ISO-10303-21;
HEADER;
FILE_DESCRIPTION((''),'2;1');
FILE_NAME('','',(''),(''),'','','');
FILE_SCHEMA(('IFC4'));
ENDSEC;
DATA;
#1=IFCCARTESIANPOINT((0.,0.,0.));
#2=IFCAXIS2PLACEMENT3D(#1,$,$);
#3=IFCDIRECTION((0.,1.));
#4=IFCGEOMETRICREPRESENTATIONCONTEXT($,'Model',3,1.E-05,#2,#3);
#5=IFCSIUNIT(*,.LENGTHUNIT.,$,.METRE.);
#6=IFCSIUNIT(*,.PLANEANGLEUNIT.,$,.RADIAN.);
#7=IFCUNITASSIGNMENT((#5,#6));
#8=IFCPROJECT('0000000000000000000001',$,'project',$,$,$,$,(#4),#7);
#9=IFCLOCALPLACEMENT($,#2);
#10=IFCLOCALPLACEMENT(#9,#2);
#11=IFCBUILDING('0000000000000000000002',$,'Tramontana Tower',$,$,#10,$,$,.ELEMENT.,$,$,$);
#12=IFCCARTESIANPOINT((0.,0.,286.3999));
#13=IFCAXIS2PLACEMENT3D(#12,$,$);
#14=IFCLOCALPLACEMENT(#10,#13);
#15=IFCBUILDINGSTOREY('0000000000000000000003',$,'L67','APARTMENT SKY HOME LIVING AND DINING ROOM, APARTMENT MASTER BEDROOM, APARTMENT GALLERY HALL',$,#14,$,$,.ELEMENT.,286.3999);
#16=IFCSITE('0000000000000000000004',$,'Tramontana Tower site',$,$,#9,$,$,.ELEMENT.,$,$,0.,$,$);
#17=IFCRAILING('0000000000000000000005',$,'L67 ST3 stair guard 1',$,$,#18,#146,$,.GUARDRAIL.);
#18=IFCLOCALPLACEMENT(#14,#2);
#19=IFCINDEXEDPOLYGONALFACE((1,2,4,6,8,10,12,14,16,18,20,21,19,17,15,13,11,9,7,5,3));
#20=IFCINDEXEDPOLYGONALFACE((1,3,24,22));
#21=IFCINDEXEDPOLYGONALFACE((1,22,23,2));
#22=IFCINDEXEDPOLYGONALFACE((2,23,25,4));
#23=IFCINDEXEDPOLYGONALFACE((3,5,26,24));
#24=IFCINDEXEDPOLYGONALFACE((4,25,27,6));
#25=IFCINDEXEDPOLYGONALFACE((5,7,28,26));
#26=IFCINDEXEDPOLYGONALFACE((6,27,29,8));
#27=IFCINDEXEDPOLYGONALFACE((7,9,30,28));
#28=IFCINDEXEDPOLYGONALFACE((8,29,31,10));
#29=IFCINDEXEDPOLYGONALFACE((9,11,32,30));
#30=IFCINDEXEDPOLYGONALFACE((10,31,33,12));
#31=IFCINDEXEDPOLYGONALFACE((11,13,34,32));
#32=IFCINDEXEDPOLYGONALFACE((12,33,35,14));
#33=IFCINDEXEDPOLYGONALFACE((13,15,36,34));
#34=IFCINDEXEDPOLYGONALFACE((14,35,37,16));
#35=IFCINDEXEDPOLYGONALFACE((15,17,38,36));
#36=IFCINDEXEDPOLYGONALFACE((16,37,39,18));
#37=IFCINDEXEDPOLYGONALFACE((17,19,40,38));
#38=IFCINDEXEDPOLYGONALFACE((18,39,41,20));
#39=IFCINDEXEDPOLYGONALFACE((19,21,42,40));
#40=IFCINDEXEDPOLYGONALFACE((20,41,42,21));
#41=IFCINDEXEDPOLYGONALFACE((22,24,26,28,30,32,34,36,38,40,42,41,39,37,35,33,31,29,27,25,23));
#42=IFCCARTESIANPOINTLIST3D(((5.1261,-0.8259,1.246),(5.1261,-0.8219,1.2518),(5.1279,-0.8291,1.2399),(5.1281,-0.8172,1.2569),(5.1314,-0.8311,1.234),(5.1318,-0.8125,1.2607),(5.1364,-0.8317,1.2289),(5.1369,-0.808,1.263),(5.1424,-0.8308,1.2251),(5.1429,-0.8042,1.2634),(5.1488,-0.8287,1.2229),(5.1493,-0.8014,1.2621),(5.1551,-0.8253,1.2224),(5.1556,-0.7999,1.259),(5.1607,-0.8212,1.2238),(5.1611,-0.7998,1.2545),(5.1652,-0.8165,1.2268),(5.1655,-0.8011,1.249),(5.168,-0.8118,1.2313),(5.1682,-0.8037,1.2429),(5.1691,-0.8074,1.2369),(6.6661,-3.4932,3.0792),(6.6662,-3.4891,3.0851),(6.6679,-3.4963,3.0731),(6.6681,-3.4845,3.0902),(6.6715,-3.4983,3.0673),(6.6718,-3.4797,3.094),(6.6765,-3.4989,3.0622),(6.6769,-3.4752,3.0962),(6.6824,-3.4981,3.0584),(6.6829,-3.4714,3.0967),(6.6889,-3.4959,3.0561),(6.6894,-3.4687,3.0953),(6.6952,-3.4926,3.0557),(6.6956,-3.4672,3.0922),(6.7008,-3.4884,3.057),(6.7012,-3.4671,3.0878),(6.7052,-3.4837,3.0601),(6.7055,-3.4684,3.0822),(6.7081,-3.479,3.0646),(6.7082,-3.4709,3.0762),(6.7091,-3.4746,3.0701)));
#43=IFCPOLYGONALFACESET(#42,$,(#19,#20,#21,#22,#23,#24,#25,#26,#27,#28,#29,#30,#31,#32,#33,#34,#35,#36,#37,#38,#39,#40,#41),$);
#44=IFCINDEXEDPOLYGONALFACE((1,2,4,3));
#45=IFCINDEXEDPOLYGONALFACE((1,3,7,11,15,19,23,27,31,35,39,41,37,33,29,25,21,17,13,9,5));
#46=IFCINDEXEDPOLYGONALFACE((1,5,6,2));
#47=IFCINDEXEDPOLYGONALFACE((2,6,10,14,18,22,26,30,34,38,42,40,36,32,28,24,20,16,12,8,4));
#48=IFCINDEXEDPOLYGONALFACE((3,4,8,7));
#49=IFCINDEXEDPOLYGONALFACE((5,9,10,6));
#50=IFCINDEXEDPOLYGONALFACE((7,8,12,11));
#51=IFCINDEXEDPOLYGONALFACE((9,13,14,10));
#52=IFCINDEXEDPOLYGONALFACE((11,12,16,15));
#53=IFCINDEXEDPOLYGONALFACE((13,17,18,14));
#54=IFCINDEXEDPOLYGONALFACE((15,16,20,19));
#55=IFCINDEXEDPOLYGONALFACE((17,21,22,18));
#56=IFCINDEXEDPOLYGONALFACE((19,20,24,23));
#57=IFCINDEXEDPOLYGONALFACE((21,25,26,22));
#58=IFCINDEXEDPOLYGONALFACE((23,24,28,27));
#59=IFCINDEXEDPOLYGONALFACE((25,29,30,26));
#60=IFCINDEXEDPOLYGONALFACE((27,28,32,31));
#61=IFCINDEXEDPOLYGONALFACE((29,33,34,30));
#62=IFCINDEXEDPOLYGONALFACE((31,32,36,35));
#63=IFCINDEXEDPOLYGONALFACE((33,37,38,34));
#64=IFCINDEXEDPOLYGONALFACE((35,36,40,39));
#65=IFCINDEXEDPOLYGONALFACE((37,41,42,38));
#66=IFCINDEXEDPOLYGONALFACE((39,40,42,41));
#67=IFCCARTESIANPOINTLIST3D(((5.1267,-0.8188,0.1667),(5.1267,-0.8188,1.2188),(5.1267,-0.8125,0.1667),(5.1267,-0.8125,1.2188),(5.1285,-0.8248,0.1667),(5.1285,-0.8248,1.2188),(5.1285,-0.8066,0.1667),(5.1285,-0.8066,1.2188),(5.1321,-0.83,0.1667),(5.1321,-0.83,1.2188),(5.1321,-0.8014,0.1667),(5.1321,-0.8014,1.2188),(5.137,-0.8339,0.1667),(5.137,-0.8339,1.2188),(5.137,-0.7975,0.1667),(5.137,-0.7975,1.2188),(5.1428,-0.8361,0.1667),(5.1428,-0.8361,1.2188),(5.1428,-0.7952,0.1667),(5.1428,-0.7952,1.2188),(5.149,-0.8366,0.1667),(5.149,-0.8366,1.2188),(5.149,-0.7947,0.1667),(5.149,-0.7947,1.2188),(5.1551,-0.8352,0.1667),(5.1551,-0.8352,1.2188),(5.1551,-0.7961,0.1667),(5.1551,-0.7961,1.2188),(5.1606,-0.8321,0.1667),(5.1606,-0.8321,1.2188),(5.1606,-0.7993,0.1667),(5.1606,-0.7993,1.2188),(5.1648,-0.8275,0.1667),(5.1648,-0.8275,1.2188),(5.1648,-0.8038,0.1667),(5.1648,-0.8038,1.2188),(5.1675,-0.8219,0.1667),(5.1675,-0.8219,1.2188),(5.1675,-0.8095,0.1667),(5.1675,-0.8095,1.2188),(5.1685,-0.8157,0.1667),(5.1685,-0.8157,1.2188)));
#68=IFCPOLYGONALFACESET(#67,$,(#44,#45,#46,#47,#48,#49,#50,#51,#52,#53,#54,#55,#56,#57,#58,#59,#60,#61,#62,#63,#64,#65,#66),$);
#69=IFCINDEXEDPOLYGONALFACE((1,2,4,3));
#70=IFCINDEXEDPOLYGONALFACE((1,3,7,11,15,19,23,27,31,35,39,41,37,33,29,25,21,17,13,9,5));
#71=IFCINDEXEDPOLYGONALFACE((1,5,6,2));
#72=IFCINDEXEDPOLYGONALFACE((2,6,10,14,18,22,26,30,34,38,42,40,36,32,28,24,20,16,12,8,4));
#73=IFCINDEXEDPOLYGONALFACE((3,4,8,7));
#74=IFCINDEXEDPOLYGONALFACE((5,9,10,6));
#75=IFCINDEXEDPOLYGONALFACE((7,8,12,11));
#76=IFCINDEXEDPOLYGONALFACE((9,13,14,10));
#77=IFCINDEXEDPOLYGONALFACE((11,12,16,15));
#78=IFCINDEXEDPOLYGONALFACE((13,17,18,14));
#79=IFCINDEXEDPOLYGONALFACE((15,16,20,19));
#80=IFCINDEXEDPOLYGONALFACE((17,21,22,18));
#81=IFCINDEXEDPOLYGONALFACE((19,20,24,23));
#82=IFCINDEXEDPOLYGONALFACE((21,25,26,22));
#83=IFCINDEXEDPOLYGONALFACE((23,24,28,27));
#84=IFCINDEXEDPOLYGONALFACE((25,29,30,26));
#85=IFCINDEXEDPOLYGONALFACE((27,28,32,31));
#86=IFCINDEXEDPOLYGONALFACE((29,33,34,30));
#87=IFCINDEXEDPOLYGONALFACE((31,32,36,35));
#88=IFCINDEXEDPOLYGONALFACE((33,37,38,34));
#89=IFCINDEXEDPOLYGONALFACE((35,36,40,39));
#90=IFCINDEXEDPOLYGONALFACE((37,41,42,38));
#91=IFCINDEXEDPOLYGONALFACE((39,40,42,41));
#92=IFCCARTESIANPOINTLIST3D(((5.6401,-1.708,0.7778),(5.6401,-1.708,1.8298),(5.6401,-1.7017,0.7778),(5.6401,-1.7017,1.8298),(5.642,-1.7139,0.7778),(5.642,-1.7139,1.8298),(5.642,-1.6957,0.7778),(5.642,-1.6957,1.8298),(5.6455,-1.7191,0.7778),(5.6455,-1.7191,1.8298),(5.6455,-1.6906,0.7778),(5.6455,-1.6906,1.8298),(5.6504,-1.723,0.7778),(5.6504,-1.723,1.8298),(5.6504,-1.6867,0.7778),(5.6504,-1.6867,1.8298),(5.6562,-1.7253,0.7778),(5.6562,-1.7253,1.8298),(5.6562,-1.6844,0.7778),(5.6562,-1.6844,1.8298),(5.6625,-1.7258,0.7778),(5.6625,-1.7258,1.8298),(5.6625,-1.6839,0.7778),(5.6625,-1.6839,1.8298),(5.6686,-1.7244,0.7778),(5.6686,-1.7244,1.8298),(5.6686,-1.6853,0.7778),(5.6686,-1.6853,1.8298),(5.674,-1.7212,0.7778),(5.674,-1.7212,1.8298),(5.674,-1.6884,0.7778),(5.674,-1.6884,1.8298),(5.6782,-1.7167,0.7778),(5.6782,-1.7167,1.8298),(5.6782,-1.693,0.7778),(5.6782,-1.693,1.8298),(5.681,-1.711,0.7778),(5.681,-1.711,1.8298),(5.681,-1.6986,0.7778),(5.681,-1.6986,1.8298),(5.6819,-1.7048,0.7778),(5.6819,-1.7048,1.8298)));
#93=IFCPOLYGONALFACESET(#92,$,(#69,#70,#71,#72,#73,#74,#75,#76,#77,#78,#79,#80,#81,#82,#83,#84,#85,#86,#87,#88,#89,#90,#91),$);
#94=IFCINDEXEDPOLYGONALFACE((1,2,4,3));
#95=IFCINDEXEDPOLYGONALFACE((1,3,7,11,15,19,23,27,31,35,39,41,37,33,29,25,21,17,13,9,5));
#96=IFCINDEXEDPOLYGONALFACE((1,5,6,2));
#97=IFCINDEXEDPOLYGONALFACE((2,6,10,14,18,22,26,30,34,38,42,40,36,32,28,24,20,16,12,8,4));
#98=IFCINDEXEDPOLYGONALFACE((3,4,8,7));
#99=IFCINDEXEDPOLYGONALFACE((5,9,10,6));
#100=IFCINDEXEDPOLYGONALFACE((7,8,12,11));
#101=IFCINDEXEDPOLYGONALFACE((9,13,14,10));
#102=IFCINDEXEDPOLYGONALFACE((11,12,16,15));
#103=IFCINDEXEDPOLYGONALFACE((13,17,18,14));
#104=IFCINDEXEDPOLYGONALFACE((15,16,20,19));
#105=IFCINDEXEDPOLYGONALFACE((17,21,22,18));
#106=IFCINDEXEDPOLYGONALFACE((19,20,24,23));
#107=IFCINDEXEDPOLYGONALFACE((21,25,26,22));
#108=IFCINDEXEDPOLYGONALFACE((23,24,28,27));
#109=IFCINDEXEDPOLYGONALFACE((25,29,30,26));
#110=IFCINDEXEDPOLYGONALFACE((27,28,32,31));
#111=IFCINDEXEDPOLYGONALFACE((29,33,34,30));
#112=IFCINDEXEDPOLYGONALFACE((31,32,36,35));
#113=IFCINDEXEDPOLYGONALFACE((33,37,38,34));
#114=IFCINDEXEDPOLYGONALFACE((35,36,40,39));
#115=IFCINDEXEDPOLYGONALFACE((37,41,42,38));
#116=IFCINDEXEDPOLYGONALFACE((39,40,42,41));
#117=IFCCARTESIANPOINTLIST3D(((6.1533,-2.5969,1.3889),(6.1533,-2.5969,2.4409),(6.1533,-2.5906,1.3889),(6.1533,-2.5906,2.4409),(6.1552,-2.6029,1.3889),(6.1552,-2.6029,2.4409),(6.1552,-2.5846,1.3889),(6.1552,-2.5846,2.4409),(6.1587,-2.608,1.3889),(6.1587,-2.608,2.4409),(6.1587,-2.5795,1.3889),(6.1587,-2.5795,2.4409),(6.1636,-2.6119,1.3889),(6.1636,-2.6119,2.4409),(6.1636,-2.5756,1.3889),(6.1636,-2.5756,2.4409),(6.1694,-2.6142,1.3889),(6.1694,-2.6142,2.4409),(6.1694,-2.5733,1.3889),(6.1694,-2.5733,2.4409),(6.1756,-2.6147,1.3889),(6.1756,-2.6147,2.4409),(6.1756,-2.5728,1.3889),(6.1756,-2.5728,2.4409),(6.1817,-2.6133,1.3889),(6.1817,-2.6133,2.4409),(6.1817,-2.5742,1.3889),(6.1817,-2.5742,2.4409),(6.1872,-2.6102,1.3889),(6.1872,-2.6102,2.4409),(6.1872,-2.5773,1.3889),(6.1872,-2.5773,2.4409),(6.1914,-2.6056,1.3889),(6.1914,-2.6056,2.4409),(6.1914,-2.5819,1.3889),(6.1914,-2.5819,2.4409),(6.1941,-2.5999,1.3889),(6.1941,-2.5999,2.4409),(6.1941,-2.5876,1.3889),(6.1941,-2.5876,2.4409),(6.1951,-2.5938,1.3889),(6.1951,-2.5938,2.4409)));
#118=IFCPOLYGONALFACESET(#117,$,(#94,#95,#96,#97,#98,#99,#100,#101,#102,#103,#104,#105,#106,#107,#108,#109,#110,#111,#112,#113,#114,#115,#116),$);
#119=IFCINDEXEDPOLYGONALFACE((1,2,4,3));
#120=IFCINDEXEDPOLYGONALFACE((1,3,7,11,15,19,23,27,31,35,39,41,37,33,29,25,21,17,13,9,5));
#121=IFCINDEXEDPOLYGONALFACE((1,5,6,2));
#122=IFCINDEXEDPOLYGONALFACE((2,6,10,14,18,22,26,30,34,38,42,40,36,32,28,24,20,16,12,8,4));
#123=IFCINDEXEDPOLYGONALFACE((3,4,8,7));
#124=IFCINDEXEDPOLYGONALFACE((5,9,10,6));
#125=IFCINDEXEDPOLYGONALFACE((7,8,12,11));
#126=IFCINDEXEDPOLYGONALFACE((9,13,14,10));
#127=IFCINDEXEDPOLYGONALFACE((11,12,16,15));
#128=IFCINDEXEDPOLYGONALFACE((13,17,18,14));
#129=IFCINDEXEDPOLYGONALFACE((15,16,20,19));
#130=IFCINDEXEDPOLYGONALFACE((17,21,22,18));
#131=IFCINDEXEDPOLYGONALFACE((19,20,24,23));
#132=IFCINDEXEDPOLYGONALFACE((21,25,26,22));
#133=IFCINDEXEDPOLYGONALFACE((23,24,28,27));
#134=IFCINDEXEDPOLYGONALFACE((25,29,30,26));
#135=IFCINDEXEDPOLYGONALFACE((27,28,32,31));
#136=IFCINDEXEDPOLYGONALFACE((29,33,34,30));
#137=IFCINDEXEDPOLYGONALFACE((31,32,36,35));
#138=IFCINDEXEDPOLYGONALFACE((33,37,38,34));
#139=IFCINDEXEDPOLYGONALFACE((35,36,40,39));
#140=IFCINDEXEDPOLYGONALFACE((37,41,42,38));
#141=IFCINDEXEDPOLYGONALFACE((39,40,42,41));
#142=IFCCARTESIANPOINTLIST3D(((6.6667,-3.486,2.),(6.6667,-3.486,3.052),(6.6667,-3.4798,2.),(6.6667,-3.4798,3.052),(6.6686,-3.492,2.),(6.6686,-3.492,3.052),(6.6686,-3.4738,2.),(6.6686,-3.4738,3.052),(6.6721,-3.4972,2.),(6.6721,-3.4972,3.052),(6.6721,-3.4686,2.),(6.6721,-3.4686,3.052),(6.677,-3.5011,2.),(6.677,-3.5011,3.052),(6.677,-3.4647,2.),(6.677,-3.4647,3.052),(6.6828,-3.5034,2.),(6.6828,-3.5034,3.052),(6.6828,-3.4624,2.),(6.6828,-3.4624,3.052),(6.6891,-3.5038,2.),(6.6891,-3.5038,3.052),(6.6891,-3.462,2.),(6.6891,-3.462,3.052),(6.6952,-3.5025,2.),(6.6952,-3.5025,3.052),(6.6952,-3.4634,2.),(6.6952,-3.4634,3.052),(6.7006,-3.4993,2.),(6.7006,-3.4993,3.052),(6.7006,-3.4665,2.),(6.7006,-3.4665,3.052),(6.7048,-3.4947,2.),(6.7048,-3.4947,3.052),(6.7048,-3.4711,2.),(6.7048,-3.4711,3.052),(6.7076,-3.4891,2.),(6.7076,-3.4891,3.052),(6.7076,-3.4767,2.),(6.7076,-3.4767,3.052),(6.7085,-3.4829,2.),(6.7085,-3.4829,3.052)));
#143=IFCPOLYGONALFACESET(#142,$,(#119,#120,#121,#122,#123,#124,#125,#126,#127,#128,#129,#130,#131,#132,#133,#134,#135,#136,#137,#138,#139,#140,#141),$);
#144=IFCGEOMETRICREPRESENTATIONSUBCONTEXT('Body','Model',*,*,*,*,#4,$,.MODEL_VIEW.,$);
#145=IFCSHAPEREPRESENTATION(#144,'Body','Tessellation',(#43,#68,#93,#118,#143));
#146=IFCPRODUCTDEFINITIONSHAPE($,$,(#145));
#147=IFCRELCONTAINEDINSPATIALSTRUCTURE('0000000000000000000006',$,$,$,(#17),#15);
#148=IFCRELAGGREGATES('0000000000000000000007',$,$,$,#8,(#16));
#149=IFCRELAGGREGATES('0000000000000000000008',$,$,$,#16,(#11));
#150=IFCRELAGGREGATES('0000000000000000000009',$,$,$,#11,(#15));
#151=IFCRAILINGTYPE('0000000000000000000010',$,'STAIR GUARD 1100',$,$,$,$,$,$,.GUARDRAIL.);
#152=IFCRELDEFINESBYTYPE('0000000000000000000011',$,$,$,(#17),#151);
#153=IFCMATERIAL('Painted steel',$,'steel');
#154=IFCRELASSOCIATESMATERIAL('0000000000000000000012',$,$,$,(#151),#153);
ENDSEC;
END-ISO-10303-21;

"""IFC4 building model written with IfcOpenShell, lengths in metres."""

from ifc_helpers import new_model, si_unit, direction, frame, origin, origin_2d, place, context, subcontext, project, spatial, circle, extrude, material, type_object, element, save


model = new_model("IFC4")

# Units and contexts
model_context = context("Model", 3, precision=1e-05, world=origin(), true_north=direction((0.0, 1.0)))
body_context = subcontext(model_context, "Body", "Model", "MODEL_VIEW")
ifc_project = project(units=[si_unit("LENGTHUNIT", "METRE"), si_unit("PLANEANGLEUNIT", "RADIAN")], contexts=[model_context])

# Site, building, storey
site_placement = place(None, origin())
site = spatial("IfcSite", under=ifc_project, at=site_placement, Name="Tramontana Tower site", CompositionType="ELEMENT", RefElevation=0.0)
building_placement = place(site_placement, origin())
building = spatial("IfcBuilding", under=site, at=building_placement, Name="Tramontana Tower", CompositionType="ELEMENT")
storey_placement = place(building_placement, frame((0.0, 0.0, 286.3999)))
storey = spatial("IfcBuildingStorey", under=building, at=storey_placement, Name="L67", Description="APARTMENT SKY HOME LIVING AND DINING ROOM, APARTMENT MASTER BEDROOM, APARTMENT GALLERY HALL", CompositionType="ELEMENT", Elevation=286.3999)

# Railing
ifc_material_1 = material(Name="Painted steel", Category="steel")
railing_type_1 = type_object("IfcRailingType", Name="STAIR GUARD 1100", PredefinedType="GUARDRAIL", material=ifc_material_1)
railing_1_placement = place(storey_placement, frame((5.1475, -0.8157, 0.1667)))
element("IfcRailing", 1, at=railing_1_placement, inside=storey, type_object=railing_type_1, Name="L67 ST3 stair guard 1", PredefinedType="GUARDRAIL", context=body_context, shape_type="SweptSolid", body=[
    extrude(circle(Radius=0.0239, at=origin_2d()), frame((0.0, 0.0, 1.0762), z_axis=(0.429671, -0.744159, 0.511478), x_axis=(0.86601, 0.500027, 0.0)), (0.0, 0.0, 1.0), 3.5842),
    extrude(circle(Radius=0.021, at=origin_2d()), origin(), (0.0, 0.0, 1.0), 1.052),
    extrude(circle(Radius=0.021, at=origin_2d()), frame((0.5134, -0.8892, 0.6111)), (0.0, 0.0, 1.0), 1.052),
    extrude(circle(Radius=0.021, at=origin_2d()), frame((1.0266, -1.7781, 1.2222)), (0.0, 0.0, 1.0), 1.052),
    extrude(circle(Radius=0.021, at=origin_2d()), frame((1.54, -2.6672, 1.8333)), (0.0, 0.0, 1.0), 1.052),
])

save(model, "model.ifc")
